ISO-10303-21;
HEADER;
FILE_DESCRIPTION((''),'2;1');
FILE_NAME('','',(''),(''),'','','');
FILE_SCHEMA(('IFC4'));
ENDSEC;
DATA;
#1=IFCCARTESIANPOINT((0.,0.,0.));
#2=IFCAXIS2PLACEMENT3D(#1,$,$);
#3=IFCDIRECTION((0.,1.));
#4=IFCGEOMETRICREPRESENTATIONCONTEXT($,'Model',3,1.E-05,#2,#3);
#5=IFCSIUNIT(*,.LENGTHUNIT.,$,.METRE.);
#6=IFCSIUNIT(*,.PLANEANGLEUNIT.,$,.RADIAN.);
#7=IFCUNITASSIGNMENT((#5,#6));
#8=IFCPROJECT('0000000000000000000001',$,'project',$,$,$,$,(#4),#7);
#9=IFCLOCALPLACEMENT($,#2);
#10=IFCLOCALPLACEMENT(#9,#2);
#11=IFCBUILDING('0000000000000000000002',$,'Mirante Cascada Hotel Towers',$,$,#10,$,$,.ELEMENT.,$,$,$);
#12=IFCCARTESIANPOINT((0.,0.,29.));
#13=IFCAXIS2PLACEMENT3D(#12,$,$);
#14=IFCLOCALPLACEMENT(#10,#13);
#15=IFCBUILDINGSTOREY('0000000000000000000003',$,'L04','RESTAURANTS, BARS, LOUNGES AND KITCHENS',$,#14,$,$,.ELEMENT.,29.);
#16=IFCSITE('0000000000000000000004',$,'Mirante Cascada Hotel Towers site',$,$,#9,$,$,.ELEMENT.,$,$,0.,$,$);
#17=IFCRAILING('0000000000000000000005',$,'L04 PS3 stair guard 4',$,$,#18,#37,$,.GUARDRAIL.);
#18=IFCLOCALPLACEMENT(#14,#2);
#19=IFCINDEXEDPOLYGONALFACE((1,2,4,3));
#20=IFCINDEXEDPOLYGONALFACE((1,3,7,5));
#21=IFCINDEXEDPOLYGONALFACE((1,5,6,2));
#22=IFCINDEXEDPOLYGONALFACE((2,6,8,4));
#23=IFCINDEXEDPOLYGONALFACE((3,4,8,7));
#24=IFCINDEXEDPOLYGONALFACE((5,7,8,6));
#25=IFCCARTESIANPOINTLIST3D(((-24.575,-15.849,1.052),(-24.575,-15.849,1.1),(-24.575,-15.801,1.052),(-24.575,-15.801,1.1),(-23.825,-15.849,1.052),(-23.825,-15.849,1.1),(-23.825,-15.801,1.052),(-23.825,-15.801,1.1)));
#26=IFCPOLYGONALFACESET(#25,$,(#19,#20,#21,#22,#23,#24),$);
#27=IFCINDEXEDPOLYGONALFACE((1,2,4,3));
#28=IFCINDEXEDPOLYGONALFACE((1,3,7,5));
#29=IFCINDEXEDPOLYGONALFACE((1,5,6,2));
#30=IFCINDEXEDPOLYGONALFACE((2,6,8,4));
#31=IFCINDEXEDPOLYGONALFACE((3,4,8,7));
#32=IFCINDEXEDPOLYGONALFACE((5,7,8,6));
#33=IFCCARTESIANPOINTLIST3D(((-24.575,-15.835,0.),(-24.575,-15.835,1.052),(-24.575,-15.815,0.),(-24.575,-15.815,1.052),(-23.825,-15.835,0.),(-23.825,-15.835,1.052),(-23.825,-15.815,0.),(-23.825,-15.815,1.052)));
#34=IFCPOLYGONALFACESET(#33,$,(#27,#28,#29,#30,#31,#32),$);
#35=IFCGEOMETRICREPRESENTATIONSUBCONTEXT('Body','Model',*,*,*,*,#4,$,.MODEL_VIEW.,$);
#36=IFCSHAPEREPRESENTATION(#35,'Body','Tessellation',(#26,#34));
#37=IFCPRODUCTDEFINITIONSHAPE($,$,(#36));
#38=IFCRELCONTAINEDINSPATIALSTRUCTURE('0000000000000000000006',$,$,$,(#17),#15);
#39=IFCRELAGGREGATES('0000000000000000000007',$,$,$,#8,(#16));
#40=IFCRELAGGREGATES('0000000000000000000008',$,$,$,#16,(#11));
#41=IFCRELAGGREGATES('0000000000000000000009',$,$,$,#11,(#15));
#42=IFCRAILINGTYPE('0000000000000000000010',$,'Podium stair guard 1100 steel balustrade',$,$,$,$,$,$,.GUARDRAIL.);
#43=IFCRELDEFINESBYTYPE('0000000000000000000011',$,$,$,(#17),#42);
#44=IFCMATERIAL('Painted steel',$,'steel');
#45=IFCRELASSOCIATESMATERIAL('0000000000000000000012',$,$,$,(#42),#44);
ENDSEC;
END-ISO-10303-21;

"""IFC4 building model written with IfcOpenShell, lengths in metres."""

from ifc_helpers import new_model, si_unit, direction, frame, origin, origin_2d, place, context, subcontext, project, spatial, rectangle, extrude, material, type_object, element, save


model = new_model("IFC4")

# Units and contexts
model_context = context("Model", 3, precision=1e-05, world=origin(), true_north=direction((0.0, 1.0)))
body_context = subcontext(model_context, "Body", "Model", "MODEL_VIEW")
ifc_project = project(units=[si_unit("LENGTHUNIT", "METRE"), si_unit("PLANEANGLEUNIT", "RADIAN")], contexts=[model_context])

# Site, building, storey
site_placement = place(None, origin())
site = spatial("IfcSite", under=ifc_project, at=site_placement, Name="Mirante Cascada Hotel Towers site", CompositionType="ELEMENT", RefElevation=0.0)
building_placement = place(site_placement, origin())
building = spatial("IfcBuilding", under=site, at=building_placement, Name="Mirante Cascada Hotel Towers", CompositionType="ELEMENT")
storey_placement = place(building_placement, frame((0.0, 0.0, 29.0)))
storey = spatial("IfcBuildingStorey", under=building, at=storey_placement, Name="L04", Description="RESTAURANTS, BARS, LOUNGES AND KITCHENS", CompositionType="ELEMENT", Elevation=29.0)

# Railing
ifc_material_1 = material(Name="Painted steel", Category="steel")
railing_type = type_object("IfcRailingType", Name="Podium stair guard 1100 steel balustrade", PredefinedType="GUARDRAIL", material=ifc_material_1)
railing_1_placement = place(storey_placement, frame((-23.825, -15.825, 0.0)))
element("IfcRailing", 1, at=railing_1_placement, inside=storey, type_object=railing_type, Name="L04 PS3 stair guard 4", PredefinedType="GUARDRAIL", context=body_context, shape_type="SweptSolid", body=[
    extrude(rectangle(XDim=0.048, YDim=0.048, at=origin_2d()), frame((0.0, 0.0, 1.076), z_axis=(-1.0, 0.0, 0.0), x_axis=(0.0, -1.0, 0.0)), (0.0, 0.0, 1.0), 0.75),
    extrude(rectangle(XDim=0.02, YDim=1.052, at=origin_2d()), frame((0.0, 0.0, 0.526), z_axis=(-1.0, 0.0, 0.0), x_axis=(0.0, -1.0, 0.0)), (0.0, 0.0, 1.0), 0.75),
])

save(model, "model.ifc")
